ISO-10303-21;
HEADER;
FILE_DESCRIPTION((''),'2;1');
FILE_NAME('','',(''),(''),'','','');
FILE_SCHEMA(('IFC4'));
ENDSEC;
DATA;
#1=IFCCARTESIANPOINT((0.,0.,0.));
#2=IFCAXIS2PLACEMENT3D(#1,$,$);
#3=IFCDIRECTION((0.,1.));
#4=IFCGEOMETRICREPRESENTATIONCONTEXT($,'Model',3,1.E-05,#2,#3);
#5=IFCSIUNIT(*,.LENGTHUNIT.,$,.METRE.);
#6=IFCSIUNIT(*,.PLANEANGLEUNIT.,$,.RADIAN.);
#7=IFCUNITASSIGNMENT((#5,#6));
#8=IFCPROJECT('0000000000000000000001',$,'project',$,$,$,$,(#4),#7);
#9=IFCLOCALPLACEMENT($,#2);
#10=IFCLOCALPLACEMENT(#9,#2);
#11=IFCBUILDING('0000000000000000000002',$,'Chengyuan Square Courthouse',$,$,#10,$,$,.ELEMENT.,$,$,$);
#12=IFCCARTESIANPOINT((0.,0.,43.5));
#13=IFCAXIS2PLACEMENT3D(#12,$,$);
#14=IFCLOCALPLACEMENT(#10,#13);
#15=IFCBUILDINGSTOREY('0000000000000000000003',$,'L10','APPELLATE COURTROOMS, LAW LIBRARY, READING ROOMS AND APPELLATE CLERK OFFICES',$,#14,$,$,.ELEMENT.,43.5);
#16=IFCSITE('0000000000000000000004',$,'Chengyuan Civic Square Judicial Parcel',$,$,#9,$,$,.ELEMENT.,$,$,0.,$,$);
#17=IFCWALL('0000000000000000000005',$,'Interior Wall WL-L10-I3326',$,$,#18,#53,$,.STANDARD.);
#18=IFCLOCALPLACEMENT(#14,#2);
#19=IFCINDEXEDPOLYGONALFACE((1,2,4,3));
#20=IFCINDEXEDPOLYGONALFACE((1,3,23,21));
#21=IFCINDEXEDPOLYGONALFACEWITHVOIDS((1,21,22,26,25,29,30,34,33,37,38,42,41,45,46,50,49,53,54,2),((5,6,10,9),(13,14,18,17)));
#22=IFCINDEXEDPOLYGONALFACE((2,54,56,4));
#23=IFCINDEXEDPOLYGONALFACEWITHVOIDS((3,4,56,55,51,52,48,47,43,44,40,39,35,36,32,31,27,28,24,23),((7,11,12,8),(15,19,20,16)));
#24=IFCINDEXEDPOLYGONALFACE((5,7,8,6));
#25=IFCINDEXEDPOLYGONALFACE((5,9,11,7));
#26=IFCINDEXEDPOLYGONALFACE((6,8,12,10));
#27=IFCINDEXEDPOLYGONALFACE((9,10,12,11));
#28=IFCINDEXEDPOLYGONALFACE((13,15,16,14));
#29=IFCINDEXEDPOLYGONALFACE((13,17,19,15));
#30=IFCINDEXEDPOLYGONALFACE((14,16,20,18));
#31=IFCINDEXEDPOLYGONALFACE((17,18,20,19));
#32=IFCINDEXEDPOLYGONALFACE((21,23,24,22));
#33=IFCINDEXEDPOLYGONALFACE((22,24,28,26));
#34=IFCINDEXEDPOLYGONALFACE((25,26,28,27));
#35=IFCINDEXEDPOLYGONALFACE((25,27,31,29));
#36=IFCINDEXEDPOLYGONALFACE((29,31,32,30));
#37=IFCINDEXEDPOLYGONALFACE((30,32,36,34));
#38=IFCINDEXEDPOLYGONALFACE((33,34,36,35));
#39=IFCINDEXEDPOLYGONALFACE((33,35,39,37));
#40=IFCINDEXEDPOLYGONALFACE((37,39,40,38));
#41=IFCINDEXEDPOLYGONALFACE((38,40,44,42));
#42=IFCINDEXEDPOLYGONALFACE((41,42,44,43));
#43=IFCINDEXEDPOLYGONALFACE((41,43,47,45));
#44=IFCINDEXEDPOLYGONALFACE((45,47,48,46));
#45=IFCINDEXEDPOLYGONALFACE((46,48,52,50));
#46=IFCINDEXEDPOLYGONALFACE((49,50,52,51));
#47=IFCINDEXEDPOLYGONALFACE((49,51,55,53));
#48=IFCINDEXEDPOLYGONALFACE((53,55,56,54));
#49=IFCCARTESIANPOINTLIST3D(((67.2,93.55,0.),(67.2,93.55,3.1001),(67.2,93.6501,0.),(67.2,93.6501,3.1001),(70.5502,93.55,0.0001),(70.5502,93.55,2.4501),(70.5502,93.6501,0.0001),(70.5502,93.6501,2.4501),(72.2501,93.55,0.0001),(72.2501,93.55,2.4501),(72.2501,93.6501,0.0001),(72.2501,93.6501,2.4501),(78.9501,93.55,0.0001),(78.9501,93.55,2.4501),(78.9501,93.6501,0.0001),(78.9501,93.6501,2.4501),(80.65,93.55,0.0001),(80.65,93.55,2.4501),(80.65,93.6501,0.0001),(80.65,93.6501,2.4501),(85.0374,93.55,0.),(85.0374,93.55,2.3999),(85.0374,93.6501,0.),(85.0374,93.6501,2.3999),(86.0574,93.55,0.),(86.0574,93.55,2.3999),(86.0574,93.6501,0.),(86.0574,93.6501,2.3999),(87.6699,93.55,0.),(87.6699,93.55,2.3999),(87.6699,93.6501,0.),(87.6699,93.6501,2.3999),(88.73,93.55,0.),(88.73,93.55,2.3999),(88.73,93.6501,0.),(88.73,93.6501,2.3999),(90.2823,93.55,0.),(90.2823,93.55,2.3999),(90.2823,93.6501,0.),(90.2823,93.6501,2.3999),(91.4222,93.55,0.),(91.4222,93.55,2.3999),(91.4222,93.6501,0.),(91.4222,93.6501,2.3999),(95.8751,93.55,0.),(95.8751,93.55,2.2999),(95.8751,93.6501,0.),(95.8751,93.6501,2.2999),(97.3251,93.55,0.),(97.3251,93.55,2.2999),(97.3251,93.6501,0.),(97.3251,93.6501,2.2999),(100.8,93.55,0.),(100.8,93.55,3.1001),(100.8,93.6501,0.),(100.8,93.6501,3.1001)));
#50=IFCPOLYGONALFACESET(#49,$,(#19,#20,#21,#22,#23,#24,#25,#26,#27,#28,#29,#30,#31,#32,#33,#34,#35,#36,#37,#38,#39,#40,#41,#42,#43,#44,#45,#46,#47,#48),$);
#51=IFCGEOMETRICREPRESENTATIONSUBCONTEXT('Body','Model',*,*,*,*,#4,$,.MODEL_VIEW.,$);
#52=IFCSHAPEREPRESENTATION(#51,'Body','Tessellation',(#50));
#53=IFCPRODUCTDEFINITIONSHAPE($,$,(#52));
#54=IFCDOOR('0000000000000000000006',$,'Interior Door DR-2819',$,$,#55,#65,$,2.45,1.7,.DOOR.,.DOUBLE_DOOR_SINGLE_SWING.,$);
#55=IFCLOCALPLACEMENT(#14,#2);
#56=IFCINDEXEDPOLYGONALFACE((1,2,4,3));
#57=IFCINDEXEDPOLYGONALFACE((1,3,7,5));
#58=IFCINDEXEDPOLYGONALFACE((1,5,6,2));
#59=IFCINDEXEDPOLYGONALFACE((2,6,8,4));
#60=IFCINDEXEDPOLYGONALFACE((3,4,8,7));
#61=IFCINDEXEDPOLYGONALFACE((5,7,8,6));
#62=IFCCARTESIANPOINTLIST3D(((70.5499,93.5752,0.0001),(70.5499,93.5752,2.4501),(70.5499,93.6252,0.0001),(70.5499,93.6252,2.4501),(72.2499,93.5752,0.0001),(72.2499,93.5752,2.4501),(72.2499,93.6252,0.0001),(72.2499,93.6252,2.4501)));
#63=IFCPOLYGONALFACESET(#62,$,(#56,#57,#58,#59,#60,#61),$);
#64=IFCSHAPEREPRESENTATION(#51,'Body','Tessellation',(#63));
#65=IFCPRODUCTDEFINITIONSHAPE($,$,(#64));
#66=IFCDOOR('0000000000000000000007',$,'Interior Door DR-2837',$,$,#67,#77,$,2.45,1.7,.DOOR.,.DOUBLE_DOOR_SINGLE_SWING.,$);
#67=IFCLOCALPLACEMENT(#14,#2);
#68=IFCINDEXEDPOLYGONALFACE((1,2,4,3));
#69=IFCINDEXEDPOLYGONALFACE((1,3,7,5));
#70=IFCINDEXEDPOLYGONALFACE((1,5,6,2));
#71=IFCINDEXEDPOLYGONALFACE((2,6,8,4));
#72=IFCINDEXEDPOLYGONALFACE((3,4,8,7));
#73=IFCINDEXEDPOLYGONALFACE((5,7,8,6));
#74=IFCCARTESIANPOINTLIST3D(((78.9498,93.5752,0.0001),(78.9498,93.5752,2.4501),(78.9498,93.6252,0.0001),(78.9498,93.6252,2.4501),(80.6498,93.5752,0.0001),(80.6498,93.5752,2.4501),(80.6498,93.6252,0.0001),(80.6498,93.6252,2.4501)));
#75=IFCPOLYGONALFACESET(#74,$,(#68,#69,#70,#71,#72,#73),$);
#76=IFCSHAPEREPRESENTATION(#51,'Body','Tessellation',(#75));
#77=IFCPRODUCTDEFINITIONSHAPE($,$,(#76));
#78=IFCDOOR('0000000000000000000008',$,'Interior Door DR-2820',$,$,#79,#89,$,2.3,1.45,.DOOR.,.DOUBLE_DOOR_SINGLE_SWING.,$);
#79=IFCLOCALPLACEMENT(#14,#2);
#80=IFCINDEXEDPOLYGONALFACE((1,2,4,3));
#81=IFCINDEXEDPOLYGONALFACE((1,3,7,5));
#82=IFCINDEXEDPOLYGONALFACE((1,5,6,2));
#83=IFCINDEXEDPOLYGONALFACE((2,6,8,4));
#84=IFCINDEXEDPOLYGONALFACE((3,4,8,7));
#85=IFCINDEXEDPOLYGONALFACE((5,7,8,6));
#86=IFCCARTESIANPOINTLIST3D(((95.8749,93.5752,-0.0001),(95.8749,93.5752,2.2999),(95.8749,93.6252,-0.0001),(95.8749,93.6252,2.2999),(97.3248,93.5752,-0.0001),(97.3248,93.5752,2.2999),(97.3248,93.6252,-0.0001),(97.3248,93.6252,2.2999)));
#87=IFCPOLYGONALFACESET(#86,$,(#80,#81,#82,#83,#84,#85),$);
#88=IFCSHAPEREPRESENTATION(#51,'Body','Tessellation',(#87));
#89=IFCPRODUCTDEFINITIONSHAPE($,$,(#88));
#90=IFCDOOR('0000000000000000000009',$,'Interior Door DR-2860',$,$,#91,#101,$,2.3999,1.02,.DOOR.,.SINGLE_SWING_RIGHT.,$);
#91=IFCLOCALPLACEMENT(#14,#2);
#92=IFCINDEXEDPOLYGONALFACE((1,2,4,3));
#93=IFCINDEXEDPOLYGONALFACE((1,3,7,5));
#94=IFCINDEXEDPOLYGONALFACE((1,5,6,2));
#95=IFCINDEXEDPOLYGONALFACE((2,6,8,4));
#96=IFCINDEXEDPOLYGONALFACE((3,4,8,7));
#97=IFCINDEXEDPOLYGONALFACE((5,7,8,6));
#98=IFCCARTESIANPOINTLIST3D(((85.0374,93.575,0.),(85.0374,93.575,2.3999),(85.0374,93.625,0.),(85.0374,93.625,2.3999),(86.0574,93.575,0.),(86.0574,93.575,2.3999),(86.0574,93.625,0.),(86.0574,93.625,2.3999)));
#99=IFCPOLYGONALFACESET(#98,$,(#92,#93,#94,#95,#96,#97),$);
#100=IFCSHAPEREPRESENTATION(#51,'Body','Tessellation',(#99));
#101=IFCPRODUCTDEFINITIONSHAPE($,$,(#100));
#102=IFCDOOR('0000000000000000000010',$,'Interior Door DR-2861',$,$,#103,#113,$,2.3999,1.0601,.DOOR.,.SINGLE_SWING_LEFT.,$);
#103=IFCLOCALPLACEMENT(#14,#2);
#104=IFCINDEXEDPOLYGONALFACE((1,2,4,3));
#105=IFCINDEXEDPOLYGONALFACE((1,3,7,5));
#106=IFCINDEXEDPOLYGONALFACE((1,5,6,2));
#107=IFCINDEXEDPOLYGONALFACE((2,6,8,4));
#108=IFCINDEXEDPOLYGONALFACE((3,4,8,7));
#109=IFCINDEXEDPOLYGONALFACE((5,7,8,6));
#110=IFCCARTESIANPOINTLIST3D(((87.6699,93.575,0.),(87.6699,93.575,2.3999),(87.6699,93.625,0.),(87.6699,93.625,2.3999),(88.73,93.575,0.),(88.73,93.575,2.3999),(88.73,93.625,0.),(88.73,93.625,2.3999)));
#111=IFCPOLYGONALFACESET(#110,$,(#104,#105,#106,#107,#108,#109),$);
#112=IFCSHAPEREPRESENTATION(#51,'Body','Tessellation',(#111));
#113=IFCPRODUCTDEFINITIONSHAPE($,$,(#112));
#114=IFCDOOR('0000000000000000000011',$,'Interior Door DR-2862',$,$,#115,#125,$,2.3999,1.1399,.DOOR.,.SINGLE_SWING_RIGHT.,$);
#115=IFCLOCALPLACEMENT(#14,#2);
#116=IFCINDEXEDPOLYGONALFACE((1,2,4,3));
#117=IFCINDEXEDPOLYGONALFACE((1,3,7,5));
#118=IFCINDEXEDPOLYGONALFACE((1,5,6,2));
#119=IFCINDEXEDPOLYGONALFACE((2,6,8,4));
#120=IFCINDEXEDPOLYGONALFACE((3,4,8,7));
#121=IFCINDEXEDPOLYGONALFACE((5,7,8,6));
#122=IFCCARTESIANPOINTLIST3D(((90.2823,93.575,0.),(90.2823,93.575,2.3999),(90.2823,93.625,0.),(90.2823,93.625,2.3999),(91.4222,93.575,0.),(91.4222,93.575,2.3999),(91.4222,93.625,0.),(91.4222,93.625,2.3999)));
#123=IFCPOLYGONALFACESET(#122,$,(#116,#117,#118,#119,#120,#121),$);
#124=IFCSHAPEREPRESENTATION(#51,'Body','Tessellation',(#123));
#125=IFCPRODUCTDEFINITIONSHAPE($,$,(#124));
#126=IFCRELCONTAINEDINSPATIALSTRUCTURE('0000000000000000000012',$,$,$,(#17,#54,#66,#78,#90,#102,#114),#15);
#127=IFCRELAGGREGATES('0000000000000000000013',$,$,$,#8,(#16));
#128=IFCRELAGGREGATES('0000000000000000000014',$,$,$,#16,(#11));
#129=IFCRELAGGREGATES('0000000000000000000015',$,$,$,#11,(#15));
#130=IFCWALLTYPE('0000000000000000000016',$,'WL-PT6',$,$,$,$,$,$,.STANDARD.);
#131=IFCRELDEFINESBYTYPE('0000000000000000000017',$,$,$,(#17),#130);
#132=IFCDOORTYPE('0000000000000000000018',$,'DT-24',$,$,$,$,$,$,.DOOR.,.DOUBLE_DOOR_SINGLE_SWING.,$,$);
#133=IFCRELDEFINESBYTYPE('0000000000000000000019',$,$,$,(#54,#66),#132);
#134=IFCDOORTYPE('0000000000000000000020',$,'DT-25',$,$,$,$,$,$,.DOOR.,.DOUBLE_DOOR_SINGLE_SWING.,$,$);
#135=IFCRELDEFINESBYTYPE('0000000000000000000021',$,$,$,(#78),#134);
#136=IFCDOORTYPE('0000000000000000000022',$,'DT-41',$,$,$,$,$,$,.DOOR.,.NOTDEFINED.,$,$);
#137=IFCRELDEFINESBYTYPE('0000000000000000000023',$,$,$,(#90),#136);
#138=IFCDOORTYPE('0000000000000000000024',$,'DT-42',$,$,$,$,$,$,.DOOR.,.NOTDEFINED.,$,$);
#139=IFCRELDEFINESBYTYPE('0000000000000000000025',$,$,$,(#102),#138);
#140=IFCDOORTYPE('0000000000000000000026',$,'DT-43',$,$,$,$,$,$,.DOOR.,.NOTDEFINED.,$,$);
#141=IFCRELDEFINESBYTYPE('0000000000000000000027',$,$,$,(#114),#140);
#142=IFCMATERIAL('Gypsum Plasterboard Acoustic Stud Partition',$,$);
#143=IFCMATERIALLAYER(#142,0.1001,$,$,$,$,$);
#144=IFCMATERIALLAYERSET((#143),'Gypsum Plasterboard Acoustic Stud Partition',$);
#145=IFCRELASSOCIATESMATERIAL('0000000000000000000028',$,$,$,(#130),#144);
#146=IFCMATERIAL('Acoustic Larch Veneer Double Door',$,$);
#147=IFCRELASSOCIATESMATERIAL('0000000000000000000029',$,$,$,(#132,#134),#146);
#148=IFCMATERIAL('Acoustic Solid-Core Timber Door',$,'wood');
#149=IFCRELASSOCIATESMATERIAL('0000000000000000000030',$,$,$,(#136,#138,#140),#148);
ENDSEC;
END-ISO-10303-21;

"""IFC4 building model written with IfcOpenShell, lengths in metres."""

from ifc_helpers import new_model, si_unit, direction, frame, frame_2d, origin, place, context, subcontext, project, spatial, rectangle, extrude, material, layer, layer_set, type_object, element, fill, save


model = new_model("IFC4")

# Units and contexts
model_context = context("Model", 3, precision=1e-05, world=origin(), true_north=direction((0.0, 1.0)))
body_context = subcontext(model_context, "Body", "Model", "MODEL_VIEW")
ifc_project = project(units=[si_unit("LENGTHUNIT", "METRE"), si_unit("PLANEANGLEUNIT", "RADIAN")], contexts=[model_context])

# Site, building, storey
site_placement = place(None, origin())
site = spatial("IfcSite", under=ifc_project, at=site_placement, Name="Chengyuan Civic Square Judicial Parcel", CompositionType="ELEMENT", RefElevation=0.0)
building_placement = place(site_placement, origin())
building = spatial("IfcBuilding", under=site, at=building_placement, Name="Chengyuan Square Courthouse", CompositionType="ELEMENT")
storey_placement = place(building_placement, frame((0.0, 0.0, 43.5)))
storey = spatial("IfcBuildingStorey", under=building, at=storey_placement, Name="L10", Description="APPELLATE COURTROOMS, LAW LIBRARY, READING ROOMS AND APPELLATE CLERK OFFICES", CompositionType="ELEMENT", Elevation=43.5)

# Wall, openings, doors
ifc_material_1 = material(Name="Gypsum Plasterboard Acoustic Stud Partition")
ifc_layer_1 = layer(ifc_material_1, 0.1001)
ifc_layer_set_1 = layer_set([ifc_layer_1], Name="Gypsum Plasterboard Acoustic Stud Partition")
wall_type_1 = type_object("IfcWallType", Name="WL-PT6", PredefinedType="STANDARD", material=ifc_layer_set_1)
wall_1_placement = place(storey_placement, frame((67.2, 93.6001, 0.0), z_axis=(0.0, 0.0, 1.0), x_axis=(1.0, 0.0, 0.0)))
wall_1 = element("IfcWall", 1, at=wall_1_placement, inside=storey, type_object=wall_type_1, Name="Interior Wall WL-L10-I3326", PredefinedType="STANDARD", context=body_context, shape_type="SweptSolid", body=[
    extrude(rectangle(XDim=33.6001, YDim=0.1001, at=frame_2d((16.8, 0.0))), origin(), (0.0, 0.0, 1.0), 3.1001),
])
opening_1_placement = place(wall_1_placement, frame((3.3501, 0.0, 0.0)))
opening_1 = element("IfcOpeningElement", 2, at=opening_1_placement, cuts=wall_1, PredefinedType="OPENING", context=body_context, shape_type="SweptSolid", body=[
    extrude(rectangle(XDim=1.7, YDim=2.45, at=frame_2d((0.8501, 1.2251))), frame((0.0, 0.062, 0.0), z_axis=(0.0, -1.0, 0.0), x_axis=(1.0, 0.0, 0.0)), (0.0, 0.0, 1.0), 0.124),
])
opening_2_placement = place(wall_1_placement, frame((28.675, 0.0, 0.0)))
opening_2 = element("IfcOpeningElement", 3, at=opening_2_placement, cuts=wall_1, PredefinedType="OPENING", context=body_context, shape_type="SweptSolid", body=[
    extrude(rectangle(XDim=1.45, YDim=2.3, at=frame_2d((0.7251, 1.1499))), frame((0.0, 0.062, 0.0), z_axis=(0.0, -1.0, 0.0), x_axis=(1.0, 0.0, 0.0)), (0.0, 0.0, 1.0), 0.124),
])
opening_3_placement = place(wall_1_placement, frame((11.75, 0.0, 0.0)))
opening_3 = element("IfcOpeningElement", 4, at=opening_3_placement, cuts=wall_1, PredefinedType="OPENING", context=body_context, shape_type="SweptSolid", body=[
    extrude(rectangle(XDim=1.7, YDim=2.45, at=frame_2d((0.8501, 1.2251))), frame((0.0, 0.062, 0.0), z_axis=(0.0, -1.0, 0.0), x_axis=(1.0, 0.0, 0.0)), (0.0, 0.0, 1.0), 0.124),
])
opening_4_placement = place(wall_1_placement, frame((17.8374, 0.0, 0.0)))
opening_4 = element("IfcOpeningElement", 5, at=opening_4_placement, cuts=wall_1, PredefinedType="OPENING", context=body_context, shape_type="SweptSolid", body=[
    extrude(rectangle(XDim=1.02, YDim=2.3999, at=frame_2d((0.51, 1.2))), frame((0.0, 0.062, 0.0), z_axis=(0.0, -1.0, 0.0), x_axis=(1.0, 0.0, 0.0)), (0.0, 0.0, 1.0), 0.124),
])
opening_5_placement = place(wall_1_placement, frame((20.47, 0.0, 0.0)))
opening_5 = element("IfcOpeningElement", 6, at=opening_5_placement, cuts=wall_1, PredefinedType="OPENING", context=body_context, shape_type="SweptSolid", body=[
    extrude(rectangle(XDim=1.0601, YDim=2.3999, at=frame_2d((0.53, 1.2))), frame((0.0, 0.062, 0.0), z_axis=(0.0, -1.0, 0.0), x_axis=(1.0, 0.0, 0.0)), (0.0, 0.0, 1.0), 0.124),
])
opening_6_placement = place(wall_1_placement, frame((23.0825, 0.0, 0.0)))
opening_6 = element("IfcOpeningElement", 7, at=opening_6_placement, cuts=wall_1, PredefinedType="OPENING", context=body_context, shape_type="SweptSolid", body=[
    extrude(rectangle(XDim=1.1399, YDim=2.3999, at=frame_2d((0.5698, 1.2))), frame((0.0, 0.062, 0.0), z_axis=(0.0, -1.0, 0.0), x_axis=(1.0, 0.0, 0.0)), (0.0, 0.0, 1.0), 0.124),
])
ifc_material_2 = material(Name="Acoustic Larch Veneer Double Door")
door_type_1 = type_object("IfcDoorType", Name="DT-24", OperationType="DOUBLE_DOOR_SINGLE_SWING", PredefinedType="DOOR", material=ifc_material_2)
door_1_placement = place(opening_1_placement, frame((1.7, 0.0, 0.0), z_axis=(0.0, 0.0, 1.0), x_axis=(-1.0, 0.0, 0.0)))
door_1 = element("IfcDoor", 8, at=door_1_placement, inside=storey, type_object=door_type_1, Name="Interior Door DR-2819", OperationType="DOUBLE_DOOR_SINGLE_SWING", OverallHeight=2.45, OverallWidth=1.7, PredefinedType="DOOR", context=body_context, shape_type="SweptSolid", body=[
    extrude(rectangle(XDim=1.7, YDim=2.45, at=frame_2d((0.8501, 1.2251))), frame((0.0, 0.0249, 0.0), z_axis=(0.0, -1.0, 0.0), x_axis=(1.0, 0.0, 0.0)), (0.0, 0.0, 1.0), 0.05),
])
fill(opening_1, door_1)
door_2_placement = place(opening_3_placement, frame((1.7, 0.0, 0.0), z_axis=(0.0, 0.0, 1.0), x_axis=(-1.0, 0.0, 0.0)))
door_2 = element("IfcDoor", 9, at=door_2_placement, inside=storey, type_object=door_type_1, Name="Interior Door DR-2837", OperationType="DOUBLE_DOOR_SINGLE_SWING", OverallHeight=2.45, OverallWidth=1.7, PredefinedType="DOOR", context=body_context, shape_type="SweptSolid", body=[
    extrude(rectangle(XDim=1.7, YDim=2.45, at=frame_2d((0.8501, 1.2251))), frame((0.0, 0.0249, 0.0), z_axis=(0.0, -1.0, 0.0), x_axis=(1.0, 0.0, 0.0)), (0.0, 0.0, 1.0), 0.05),
])
fill(opening_3, door_2)
door_type_2 = type_object("IfcDoorType", Name="DT-25", OperationType="DOUBLE_DOOR_SINGLE_SWING", PredefinedType="DOOR", material=ifc_material_2)
door_3_placement = place(opening_2_placement, frame((1.45, 0.0, 0.0), z_axis=(0.0, 0.0, 1.0), x_axis=(-1.0, 0.0, 0.0)))
door_3 = element("IfcDoor", 10, at=door_3_placement, inside=storey, type_object=door_type_2, Name="Interior Door DR-2820", OperationType="DOUBLE_DOOR_SINGLE_SWING", OverallHeight=2.3, OverallWidth=1.45, PredefinedType="DOOR", context=body_context, shape_type="SweptSolid", body=[
    extrude(rectangle(XDim=1.45, YDim=2.3, at=frame_2d((0.7251, 1.1499))), frame((0.0, 0.0249, 0.0), z_axis=(0.0, -1.0, 0.0), x_axis=(1.0, 0.0, 0.0)), (0.0, 0.0, 1.0), 0.05),
])
fill(opening_2, door_3)
ifc_material_3 = material(Name="Acoustic Solid-Core Timber Door", Category="wood")
door_type_3 = type_object("IfcDoorType", Name="DT-41", OperationType="NOTDEFINED", PredefinedType="DOOR", material=ifc_material_3)
door_4_placement = place(opening_4_placement, origin())
door_4 = element("IfcDoor", 11, at=door_4_placement, inside=storey, type_object=door_type_3, Name="Interior Door DR-2860", OperationType="SINGLE_SWING_RIGHT", OverallHeight=2.3999, OverallWidth=1.02, PredefinedType="DOOR", context=body_context, shape_type="SweptSolid", body=[
    extrude(rectangle(XDim=1.02, YDim=2.3999, at=frame_2d((0.51, 1.2))), frame((0.0, 0.0249, 0.0), z_axis=(0.0, -1.0, 0.0), x_axis=(1.0, 0.0, 0.0)), (0.0, 0.0, 1.0), 0.05),
])
fill(opening_4, door_4)
door_type_4 = type_object("IfcDoorType", Name="DT-42", OperationType="NOTDEFINED", PredefinedType="DOOR", material=ifc_material_3)
door_5_placement = place(opening_5_placement, origin())
door_5 = element("IfcDoor", 12, at=door_5_placement, inside=storey, type_object=door_type_4, Name="Interior Door DR-2861", OperationType="SINGLE_SWING_LEFT", OverallHeight=2.3999, OverallWidth=1.0601, PredefinedType="DOOR", context=body_context, shape_type="SweptSolid", body=[
    extrude(rectangle(XDim=1.0601, YDim=2.3999, at=frame_2d((0.53, 1.2))), frame((0.0, 0.0249, 0.0), z_axis=(0.0, -1.0, 0.0), x_axis=(1.0, 0.0, 0.0)), (0.0, 0.0, 1.0), 0.05),
])
fill(opening_5, door_5)
door_type_5 = type_object("IfcDoorType", Name="DT-43", OperationType="NOTDEFINED", PredefinedType="DOOR", material=ifc_material_3)
door_6_placement = place(opening_6_placement, origin())
door_6 = element("IfcDoor", 13, at=door_6_placement, inside=storey, type_object=door_type_5, Name="Interior Door DR-2862", OperationType="SINGLE_SWING_RIGHT", OverallHeight=2.3999, OverallWidth=1.1399, PredefinedType="DOOR", context=body_context, shape_type="SweptSolid", body=[
    extrude(rectangle(XDim=1.1399, YDim=2.3999, at=frame_2d((0.5698, 1.2))), frame((0.0, 0.0249, 0.0), z_axis=(0.0, -1.0, 0.0), x_axis=(1.0, 0.0, 0.0)), (0.0, 0.0, 1.0), 0.05),
])
fill(opening_6, door_6)

save(model, "model.ifc")
